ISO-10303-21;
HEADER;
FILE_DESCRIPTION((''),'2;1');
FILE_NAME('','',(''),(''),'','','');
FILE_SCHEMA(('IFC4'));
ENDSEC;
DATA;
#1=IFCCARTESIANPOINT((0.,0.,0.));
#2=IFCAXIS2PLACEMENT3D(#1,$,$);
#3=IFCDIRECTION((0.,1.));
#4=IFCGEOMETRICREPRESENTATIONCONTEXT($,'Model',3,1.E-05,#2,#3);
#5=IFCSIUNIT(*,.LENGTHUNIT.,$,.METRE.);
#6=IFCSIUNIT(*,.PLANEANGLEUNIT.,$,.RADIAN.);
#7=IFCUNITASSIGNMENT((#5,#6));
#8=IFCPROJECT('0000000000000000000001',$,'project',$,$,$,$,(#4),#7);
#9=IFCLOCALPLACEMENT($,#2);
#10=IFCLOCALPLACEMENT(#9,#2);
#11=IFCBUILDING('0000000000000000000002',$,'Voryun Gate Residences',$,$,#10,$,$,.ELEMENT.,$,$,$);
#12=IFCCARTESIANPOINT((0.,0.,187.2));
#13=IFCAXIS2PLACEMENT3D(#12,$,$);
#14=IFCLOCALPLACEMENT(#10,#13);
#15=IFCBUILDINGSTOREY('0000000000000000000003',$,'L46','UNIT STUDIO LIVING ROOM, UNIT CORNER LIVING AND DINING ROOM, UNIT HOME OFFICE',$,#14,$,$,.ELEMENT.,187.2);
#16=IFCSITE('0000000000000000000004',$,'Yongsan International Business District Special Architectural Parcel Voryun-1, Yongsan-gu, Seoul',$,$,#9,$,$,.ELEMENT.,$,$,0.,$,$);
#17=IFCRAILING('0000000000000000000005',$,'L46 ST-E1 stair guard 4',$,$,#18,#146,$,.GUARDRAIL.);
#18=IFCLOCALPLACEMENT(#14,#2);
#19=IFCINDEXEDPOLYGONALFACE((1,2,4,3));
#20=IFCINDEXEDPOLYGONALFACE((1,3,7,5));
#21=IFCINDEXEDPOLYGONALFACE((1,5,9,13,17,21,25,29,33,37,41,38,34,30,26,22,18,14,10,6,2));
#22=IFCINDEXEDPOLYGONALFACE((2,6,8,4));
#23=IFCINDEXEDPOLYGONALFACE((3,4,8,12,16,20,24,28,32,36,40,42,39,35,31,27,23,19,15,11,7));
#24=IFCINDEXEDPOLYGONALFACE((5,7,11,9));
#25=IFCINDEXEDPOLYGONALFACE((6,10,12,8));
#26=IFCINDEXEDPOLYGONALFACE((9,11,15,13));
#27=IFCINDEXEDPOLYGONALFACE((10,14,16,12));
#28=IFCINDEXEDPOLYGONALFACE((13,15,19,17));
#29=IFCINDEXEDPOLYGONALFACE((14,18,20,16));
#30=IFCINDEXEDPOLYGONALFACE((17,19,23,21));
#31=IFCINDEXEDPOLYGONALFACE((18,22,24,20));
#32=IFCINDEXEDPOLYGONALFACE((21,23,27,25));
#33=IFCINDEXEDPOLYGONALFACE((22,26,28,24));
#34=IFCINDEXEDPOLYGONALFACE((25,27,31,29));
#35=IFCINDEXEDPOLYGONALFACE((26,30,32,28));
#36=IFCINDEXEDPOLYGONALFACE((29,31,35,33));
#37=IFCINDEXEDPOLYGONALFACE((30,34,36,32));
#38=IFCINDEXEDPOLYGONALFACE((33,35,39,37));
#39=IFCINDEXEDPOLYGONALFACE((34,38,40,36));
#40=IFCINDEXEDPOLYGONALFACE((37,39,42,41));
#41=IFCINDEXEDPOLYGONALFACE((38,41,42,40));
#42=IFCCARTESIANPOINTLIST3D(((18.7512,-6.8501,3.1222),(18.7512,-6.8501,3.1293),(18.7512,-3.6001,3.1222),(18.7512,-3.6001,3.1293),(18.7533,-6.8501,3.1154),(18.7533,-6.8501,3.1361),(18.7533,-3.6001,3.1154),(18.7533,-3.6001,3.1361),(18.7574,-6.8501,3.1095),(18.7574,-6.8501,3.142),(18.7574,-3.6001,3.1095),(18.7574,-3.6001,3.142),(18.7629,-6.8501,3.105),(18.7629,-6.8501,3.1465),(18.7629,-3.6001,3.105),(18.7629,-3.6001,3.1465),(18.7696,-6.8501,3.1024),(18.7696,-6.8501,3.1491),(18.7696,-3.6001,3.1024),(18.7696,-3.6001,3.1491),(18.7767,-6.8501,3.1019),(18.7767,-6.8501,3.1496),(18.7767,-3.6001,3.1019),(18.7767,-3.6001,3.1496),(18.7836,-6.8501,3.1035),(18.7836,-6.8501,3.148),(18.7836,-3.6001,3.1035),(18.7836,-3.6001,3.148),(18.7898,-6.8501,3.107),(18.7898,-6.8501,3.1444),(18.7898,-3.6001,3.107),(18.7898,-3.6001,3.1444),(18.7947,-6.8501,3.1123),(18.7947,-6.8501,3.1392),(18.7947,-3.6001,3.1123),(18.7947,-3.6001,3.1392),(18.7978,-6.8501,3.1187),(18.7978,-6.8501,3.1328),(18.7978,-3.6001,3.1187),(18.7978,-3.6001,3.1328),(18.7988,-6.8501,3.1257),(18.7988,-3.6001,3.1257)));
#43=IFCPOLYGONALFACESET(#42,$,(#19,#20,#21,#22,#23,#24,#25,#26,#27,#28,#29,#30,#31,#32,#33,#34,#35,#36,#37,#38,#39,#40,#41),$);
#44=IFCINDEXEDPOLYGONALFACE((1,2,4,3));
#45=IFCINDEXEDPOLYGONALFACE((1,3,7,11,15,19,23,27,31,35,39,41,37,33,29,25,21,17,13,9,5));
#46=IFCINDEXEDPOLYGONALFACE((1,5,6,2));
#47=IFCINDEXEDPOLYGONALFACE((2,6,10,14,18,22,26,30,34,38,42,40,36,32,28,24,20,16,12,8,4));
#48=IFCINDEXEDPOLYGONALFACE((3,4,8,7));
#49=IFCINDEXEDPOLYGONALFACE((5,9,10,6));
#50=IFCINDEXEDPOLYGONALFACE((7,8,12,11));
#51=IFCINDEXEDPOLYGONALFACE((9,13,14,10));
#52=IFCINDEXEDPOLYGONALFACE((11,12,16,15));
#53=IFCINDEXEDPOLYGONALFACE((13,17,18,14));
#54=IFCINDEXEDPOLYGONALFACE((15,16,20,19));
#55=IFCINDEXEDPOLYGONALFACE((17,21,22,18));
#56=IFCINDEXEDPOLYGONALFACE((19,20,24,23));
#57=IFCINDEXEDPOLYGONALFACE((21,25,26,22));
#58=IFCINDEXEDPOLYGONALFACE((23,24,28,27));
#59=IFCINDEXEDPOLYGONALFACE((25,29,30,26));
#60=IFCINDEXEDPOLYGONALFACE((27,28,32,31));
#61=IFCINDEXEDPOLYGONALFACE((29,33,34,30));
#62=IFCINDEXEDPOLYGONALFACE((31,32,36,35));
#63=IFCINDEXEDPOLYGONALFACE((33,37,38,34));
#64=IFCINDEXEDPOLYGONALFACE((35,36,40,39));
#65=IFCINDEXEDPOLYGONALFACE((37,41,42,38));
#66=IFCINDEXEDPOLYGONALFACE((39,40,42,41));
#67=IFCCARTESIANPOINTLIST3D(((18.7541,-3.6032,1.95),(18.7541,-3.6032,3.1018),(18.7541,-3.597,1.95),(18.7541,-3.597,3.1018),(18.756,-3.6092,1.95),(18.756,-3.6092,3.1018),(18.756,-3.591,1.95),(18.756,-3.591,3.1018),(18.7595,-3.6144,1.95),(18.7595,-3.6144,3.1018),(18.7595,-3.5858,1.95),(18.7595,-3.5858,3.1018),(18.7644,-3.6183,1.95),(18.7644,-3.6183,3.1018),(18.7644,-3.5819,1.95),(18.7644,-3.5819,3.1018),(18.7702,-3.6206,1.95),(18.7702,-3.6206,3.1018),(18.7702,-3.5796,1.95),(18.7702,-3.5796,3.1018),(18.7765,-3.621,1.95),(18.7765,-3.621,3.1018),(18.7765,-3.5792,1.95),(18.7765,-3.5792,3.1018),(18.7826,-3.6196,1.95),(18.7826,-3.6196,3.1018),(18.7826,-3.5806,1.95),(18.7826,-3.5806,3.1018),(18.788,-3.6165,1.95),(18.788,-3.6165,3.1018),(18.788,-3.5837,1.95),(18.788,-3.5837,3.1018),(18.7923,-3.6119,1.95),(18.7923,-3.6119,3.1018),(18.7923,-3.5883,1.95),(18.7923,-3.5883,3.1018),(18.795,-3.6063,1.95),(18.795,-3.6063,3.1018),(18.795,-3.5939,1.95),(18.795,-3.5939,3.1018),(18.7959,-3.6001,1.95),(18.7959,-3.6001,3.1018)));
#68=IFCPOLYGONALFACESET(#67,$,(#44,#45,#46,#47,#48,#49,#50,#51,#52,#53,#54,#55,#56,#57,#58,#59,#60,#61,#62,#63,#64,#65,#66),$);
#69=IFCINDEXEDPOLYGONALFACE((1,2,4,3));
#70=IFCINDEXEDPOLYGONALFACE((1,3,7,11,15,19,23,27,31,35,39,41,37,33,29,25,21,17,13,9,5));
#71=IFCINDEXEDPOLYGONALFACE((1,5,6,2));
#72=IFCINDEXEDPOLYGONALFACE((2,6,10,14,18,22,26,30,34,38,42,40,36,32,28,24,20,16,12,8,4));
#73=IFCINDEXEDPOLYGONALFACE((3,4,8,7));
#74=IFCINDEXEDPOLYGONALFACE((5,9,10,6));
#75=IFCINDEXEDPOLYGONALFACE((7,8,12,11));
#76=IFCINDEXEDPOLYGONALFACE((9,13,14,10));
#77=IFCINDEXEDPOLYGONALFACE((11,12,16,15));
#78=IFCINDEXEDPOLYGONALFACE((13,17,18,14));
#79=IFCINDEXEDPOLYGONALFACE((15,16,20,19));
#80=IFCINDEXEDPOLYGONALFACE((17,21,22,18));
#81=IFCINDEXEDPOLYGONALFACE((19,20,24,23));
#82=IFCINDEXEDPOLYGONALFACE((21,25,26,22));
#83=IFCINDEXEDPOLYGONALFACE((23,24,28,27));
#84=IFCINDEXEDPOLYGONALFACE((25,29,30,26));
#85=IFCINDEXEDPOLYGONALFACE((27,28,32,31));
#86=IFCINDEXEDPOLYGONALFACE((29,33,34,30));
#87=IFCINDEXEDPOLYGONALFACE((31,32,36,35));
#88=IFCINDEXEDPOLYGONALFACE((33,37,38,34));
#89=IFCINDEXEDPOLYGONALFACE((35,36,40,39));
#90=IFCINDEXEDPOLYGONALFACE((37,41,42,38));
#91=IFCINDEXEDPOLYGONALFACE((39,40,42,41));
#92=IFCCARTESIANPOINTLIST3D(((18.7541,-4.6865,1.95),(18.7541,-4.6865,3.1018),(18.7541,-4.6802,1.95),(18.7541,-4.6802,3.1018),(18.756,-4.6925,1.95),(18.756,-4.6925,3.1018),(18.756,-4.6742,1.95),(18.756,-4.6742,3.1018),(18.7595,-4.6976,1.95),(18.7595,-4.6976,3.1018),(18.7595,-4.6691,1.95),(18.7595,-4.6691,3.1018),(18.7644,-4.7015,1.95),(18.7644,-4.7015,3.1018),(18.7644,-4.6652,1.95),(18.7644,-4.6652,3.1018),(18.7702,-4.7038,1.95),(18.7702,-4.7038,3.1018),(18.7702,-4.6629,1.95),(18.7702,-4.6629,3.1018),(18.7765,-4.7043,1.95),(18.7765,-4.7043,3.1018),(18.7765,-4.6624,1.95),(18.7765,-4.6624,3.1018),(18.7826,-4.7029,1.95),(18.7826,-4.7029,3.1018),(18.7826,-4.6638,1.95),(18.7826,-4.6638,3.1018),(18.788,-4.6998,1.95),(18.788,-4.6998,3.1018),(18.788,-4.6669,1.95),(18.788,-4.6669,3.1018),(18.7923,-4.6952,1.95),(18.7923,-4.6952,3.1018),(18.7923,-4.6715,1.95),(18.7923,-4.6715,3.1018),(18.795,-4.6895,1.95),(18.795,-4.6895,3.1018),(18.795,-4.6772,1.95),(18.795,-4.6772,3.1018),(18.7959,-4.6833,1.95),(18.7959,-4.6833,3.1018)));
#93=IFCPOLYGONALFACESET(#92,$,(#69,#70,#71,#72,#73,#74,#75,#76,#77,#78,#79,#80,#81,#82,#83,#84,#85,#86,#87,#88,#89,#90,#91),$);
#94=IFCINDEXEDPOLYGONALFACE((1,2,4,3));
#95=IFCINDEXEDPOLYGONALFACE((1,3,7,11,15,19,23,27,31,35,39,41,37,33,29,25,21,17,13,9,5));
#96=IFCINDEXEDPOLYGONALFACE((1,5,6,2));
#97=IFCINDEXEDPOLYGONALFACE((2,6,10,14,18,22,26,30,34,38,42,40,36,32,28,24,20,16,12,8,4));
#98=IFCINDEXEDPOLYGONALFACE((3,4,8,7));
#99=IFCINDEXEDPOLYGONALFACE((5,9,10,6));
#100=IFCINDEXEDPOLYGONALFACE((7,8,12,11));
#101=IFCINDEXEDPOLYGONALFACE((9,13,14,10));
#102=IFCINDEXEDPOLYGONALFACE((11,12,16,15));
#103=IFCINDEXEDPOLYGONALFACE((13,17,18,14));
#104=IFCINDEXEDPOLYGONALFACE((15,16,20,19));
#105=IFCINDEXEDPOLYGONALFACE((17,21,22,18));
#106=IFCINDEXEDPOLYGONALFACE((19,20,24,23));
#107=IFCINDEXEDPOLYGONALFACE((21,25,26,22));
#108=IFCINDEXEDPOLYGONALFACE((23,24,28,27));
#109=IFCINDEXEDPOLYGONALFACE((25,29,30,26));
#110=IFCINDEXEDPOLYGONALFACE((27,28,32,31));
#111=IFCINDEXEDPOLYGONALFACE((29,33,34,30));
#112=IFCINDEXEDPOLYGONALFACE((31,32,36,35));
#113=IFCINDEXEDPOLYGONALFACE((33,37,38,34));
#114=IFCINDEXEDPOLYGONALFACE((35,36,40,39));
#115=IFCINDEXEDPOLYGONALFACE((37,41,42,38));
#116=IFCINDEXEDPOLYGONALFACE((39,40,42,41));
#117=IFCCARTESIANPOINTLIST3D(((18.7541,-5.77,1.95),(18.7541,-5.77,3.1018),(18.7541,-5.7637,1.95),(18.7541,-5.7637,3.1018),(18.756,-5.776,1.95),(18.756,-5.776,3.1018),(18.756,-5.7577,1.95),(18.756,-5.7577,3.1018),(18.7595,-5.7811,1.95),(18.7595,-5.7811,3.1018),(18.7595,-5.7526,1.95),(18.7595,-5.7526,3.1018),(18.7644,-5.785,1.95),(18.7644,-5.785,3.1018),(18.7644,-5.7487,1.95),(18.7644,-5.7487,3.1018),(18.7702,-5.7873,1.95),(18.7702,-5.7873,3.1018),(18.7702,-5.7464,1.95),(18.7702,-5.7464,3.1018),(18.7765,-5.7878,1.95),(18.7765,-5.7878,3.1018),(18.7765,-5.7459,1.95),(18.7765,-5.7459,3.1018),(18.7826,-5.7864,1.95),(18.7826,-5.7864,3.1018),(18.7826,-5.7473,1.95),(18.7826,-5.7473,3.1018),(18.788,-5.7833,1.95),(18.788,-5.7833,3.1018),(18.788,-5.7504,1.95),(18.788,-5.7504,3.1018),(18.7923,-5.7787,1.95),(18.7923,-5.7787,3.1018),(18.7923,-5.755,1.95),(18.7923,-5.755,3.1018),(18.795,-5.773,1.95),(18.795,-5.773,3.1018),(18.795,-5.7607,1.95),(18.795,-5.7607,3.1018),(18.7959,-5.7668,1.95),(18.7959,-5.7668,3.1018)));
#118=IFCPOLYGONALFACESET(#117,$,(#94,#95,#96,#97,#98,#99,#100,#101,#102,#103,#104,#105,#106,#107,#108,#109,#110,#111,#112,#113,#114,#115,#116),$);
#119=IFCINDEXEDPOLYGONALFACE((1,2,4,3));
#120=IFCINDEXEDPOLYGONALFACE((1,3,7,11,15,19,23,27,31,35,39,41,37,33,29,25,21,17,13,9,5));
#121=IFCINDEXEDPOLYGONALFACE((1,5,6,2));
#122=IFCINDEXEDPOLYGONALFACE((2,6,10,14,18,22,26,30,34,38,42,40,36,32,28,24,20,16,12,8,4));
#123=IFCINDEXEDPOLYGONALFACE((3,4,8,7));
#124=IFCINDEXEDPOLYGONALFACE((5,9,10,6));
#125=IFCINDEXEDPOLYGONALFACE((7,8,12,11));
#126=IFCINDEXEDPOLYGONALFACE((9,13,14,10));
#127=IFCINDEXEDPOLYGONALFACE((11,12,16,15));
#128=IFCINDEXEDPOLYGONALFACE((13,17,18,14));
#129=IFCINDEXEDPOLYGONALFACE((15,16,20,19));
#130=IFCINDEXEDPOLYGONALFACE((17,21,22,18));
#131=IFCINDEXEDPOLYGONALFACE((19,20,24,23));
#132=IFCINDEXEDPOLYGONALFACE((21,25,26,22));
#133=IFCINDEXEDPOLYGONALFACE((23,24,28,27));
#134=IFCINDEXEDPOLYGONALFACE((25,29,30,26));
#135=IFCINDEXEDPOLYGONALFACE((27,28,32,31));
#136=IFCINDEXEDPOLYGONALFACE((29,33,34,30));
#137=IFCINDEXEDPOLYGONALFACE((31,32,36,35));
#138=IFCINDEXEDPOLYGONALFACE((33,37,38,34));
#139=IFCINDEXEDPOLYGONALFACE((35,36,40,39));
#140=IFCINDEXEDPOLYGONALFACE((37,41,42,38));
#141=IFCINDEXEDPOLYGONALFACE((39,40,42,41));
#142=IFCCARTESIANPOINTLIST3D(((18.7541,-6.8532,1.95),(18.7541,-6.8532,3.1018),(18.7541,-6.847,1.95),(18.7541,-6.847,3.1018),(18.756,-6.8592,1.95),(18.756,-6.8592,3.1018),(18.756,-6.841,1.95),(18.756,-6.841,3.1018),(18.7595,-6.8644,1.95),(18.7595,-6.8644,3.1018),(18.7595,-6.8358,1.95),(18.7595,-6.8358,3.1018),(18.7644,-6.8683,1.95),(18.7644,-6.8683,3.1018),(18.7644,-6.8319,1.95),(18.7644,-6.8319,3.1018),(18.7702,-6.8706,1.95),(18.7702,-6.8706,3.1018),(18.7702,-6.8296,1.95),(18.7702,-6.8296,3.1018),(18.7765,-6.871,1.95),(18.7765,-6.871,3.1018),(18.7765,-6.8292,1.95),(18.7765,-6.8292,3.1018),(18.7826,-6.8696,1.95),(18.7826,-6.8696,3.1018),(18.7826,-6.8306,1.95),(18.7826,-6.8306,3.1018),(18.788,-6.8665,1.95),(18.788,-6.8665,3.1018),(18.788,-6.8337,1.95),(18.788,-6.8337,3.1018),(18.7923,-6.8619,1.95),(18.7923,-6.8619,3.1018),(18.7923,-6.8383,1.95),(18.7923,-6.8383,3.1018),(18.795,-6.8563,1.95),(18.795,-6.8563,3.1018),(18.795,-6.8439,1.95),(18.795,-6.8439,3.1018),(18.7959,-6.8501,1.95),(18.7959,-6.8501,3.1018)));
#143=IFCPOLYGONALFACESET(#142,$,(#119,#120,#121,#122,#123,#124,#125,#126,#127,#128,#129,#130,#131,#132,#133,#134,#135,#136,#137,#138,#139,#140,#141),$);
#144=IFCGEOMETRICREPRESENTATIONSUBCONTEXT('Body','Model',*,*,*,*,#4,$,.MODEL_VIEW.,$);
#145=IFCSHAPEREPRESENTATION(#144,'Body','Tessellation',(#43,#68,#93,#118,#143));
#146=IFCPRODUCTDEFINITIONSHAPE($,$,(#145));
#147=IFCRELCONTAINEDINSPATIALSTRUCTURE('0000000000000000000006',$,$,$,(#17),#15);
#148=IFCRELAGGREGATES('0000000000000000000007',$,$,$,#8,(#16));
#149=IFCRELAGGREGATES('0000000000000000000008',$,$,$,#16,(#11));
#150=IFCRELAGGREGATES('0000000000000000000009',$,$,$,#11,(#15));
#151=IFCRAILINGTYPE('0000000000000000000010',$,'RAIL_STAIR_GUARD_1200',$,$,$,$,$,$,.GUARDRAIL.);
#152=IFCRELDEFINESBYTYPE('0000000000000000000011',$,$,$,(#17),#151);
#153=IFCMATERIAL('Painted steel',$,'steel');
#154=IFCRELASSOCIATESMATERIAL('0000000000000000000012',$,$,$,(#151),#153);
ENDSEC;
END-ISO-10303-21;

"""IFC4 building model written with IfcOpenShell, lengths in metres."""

from ifc_helpers import new_model, si_unit, direction, frame, origin, origin_2d, place, context, subcontext, project, spatial, circle, extrude, material, type_object, element, save


model = new_model("IFC4")

# Units and contexts
model_context = context("Model", 3, precision=1e-05, world=origin(), true_north=direction((0.0, 1.0)))
body_context = subcontext(model_context, "Body", "Model", "MODEL_VIEW")
ifc_project = project(units=[si_unit("LENGTHUNIT", "METRE"), si_unit("PLANEANGLEUNIT", "RADIAN")], contexts=[model_context])

# Site, building, storey
site_placement = place(None, origin())
site = spatial("IfcSite", under=ifc_project, at=site_placement, Name="Yongsan International Business District Special Architectural Parcel Voryun-1, Yongsan-gu, Seoul", CompositionType="ELEMENT", RefElevation=0.0)
building_placement = place(site_placement, origin())
building = spatial("IfcBuilding", under=site, at=building_placement, Name="Voryun Gate Residences", CompositionType="ELEMENT")
storey_placement = place(building_placement, frame((0.0, 0.0, 187.2)))
storey = spatial("IfcBuildingStorey", under=building, at=storey_placement, Name="L46", Description="UNIT STUDIO LIVING ROOM, UNIT CORNER LIVING AND DINING ROOM, UNIT HOME OFFICE", CompositionType="ELEMENT", Elevation=187.2)

# Railing
ifc_material_1 = material(Name="Painted steel", Category="steel")
railing_type_1 = type_object("IfcRailingType", Name="RAIL_STAIR_GUARD_1200", PredefinedType="GUARDRAIL", material=ifc_material_1)
for number, where, name in (
    (1, (18.7749, -3.6001, 1.95), "L46 ST-E1 stair guard 4"),
):
    element("IfcRailing", number, at=place(storey_placement, frame(where)), inside=storey, type_object=railing_type_1, Name=name, PredefinedType="GUARDRAIL", context=body_context, shape_type="SweptSolid", body=[
        extrude(circle(Radius=0.0239, at=origin_2d()), frame((0.0, 0.0, 1.1758), z_axis=(0.0, -1.0, 0.0), x_axis=(1.0, 0.0, 0.0)), (0.0, 0.0, 1.0), 3.25),
        extrude(circle(Radius=0.021, at=origin_2d()), origin(), (0.0, 0.0, 1.0), 1.1519),
        extrude(circle(Radius=0.021, at=origin_2d()), frame((0.0, -1.0833, 0.0)), (0.0, 0.0, 1.0), 1.1519),
        extrude(circle(Radius=0.021, at=origin_2d()), frame((0.0, -2.1667, 0.0)), (0.0, 0.0, 1.0), 1.1519),
        extrude(circle(Radius=0.021, at=origin_2d()), frame((0.0, -3.25, 0.0)), (0.0, 0.0, 1.0), 1.1519),
    ])

save(model, "model.ifc")
